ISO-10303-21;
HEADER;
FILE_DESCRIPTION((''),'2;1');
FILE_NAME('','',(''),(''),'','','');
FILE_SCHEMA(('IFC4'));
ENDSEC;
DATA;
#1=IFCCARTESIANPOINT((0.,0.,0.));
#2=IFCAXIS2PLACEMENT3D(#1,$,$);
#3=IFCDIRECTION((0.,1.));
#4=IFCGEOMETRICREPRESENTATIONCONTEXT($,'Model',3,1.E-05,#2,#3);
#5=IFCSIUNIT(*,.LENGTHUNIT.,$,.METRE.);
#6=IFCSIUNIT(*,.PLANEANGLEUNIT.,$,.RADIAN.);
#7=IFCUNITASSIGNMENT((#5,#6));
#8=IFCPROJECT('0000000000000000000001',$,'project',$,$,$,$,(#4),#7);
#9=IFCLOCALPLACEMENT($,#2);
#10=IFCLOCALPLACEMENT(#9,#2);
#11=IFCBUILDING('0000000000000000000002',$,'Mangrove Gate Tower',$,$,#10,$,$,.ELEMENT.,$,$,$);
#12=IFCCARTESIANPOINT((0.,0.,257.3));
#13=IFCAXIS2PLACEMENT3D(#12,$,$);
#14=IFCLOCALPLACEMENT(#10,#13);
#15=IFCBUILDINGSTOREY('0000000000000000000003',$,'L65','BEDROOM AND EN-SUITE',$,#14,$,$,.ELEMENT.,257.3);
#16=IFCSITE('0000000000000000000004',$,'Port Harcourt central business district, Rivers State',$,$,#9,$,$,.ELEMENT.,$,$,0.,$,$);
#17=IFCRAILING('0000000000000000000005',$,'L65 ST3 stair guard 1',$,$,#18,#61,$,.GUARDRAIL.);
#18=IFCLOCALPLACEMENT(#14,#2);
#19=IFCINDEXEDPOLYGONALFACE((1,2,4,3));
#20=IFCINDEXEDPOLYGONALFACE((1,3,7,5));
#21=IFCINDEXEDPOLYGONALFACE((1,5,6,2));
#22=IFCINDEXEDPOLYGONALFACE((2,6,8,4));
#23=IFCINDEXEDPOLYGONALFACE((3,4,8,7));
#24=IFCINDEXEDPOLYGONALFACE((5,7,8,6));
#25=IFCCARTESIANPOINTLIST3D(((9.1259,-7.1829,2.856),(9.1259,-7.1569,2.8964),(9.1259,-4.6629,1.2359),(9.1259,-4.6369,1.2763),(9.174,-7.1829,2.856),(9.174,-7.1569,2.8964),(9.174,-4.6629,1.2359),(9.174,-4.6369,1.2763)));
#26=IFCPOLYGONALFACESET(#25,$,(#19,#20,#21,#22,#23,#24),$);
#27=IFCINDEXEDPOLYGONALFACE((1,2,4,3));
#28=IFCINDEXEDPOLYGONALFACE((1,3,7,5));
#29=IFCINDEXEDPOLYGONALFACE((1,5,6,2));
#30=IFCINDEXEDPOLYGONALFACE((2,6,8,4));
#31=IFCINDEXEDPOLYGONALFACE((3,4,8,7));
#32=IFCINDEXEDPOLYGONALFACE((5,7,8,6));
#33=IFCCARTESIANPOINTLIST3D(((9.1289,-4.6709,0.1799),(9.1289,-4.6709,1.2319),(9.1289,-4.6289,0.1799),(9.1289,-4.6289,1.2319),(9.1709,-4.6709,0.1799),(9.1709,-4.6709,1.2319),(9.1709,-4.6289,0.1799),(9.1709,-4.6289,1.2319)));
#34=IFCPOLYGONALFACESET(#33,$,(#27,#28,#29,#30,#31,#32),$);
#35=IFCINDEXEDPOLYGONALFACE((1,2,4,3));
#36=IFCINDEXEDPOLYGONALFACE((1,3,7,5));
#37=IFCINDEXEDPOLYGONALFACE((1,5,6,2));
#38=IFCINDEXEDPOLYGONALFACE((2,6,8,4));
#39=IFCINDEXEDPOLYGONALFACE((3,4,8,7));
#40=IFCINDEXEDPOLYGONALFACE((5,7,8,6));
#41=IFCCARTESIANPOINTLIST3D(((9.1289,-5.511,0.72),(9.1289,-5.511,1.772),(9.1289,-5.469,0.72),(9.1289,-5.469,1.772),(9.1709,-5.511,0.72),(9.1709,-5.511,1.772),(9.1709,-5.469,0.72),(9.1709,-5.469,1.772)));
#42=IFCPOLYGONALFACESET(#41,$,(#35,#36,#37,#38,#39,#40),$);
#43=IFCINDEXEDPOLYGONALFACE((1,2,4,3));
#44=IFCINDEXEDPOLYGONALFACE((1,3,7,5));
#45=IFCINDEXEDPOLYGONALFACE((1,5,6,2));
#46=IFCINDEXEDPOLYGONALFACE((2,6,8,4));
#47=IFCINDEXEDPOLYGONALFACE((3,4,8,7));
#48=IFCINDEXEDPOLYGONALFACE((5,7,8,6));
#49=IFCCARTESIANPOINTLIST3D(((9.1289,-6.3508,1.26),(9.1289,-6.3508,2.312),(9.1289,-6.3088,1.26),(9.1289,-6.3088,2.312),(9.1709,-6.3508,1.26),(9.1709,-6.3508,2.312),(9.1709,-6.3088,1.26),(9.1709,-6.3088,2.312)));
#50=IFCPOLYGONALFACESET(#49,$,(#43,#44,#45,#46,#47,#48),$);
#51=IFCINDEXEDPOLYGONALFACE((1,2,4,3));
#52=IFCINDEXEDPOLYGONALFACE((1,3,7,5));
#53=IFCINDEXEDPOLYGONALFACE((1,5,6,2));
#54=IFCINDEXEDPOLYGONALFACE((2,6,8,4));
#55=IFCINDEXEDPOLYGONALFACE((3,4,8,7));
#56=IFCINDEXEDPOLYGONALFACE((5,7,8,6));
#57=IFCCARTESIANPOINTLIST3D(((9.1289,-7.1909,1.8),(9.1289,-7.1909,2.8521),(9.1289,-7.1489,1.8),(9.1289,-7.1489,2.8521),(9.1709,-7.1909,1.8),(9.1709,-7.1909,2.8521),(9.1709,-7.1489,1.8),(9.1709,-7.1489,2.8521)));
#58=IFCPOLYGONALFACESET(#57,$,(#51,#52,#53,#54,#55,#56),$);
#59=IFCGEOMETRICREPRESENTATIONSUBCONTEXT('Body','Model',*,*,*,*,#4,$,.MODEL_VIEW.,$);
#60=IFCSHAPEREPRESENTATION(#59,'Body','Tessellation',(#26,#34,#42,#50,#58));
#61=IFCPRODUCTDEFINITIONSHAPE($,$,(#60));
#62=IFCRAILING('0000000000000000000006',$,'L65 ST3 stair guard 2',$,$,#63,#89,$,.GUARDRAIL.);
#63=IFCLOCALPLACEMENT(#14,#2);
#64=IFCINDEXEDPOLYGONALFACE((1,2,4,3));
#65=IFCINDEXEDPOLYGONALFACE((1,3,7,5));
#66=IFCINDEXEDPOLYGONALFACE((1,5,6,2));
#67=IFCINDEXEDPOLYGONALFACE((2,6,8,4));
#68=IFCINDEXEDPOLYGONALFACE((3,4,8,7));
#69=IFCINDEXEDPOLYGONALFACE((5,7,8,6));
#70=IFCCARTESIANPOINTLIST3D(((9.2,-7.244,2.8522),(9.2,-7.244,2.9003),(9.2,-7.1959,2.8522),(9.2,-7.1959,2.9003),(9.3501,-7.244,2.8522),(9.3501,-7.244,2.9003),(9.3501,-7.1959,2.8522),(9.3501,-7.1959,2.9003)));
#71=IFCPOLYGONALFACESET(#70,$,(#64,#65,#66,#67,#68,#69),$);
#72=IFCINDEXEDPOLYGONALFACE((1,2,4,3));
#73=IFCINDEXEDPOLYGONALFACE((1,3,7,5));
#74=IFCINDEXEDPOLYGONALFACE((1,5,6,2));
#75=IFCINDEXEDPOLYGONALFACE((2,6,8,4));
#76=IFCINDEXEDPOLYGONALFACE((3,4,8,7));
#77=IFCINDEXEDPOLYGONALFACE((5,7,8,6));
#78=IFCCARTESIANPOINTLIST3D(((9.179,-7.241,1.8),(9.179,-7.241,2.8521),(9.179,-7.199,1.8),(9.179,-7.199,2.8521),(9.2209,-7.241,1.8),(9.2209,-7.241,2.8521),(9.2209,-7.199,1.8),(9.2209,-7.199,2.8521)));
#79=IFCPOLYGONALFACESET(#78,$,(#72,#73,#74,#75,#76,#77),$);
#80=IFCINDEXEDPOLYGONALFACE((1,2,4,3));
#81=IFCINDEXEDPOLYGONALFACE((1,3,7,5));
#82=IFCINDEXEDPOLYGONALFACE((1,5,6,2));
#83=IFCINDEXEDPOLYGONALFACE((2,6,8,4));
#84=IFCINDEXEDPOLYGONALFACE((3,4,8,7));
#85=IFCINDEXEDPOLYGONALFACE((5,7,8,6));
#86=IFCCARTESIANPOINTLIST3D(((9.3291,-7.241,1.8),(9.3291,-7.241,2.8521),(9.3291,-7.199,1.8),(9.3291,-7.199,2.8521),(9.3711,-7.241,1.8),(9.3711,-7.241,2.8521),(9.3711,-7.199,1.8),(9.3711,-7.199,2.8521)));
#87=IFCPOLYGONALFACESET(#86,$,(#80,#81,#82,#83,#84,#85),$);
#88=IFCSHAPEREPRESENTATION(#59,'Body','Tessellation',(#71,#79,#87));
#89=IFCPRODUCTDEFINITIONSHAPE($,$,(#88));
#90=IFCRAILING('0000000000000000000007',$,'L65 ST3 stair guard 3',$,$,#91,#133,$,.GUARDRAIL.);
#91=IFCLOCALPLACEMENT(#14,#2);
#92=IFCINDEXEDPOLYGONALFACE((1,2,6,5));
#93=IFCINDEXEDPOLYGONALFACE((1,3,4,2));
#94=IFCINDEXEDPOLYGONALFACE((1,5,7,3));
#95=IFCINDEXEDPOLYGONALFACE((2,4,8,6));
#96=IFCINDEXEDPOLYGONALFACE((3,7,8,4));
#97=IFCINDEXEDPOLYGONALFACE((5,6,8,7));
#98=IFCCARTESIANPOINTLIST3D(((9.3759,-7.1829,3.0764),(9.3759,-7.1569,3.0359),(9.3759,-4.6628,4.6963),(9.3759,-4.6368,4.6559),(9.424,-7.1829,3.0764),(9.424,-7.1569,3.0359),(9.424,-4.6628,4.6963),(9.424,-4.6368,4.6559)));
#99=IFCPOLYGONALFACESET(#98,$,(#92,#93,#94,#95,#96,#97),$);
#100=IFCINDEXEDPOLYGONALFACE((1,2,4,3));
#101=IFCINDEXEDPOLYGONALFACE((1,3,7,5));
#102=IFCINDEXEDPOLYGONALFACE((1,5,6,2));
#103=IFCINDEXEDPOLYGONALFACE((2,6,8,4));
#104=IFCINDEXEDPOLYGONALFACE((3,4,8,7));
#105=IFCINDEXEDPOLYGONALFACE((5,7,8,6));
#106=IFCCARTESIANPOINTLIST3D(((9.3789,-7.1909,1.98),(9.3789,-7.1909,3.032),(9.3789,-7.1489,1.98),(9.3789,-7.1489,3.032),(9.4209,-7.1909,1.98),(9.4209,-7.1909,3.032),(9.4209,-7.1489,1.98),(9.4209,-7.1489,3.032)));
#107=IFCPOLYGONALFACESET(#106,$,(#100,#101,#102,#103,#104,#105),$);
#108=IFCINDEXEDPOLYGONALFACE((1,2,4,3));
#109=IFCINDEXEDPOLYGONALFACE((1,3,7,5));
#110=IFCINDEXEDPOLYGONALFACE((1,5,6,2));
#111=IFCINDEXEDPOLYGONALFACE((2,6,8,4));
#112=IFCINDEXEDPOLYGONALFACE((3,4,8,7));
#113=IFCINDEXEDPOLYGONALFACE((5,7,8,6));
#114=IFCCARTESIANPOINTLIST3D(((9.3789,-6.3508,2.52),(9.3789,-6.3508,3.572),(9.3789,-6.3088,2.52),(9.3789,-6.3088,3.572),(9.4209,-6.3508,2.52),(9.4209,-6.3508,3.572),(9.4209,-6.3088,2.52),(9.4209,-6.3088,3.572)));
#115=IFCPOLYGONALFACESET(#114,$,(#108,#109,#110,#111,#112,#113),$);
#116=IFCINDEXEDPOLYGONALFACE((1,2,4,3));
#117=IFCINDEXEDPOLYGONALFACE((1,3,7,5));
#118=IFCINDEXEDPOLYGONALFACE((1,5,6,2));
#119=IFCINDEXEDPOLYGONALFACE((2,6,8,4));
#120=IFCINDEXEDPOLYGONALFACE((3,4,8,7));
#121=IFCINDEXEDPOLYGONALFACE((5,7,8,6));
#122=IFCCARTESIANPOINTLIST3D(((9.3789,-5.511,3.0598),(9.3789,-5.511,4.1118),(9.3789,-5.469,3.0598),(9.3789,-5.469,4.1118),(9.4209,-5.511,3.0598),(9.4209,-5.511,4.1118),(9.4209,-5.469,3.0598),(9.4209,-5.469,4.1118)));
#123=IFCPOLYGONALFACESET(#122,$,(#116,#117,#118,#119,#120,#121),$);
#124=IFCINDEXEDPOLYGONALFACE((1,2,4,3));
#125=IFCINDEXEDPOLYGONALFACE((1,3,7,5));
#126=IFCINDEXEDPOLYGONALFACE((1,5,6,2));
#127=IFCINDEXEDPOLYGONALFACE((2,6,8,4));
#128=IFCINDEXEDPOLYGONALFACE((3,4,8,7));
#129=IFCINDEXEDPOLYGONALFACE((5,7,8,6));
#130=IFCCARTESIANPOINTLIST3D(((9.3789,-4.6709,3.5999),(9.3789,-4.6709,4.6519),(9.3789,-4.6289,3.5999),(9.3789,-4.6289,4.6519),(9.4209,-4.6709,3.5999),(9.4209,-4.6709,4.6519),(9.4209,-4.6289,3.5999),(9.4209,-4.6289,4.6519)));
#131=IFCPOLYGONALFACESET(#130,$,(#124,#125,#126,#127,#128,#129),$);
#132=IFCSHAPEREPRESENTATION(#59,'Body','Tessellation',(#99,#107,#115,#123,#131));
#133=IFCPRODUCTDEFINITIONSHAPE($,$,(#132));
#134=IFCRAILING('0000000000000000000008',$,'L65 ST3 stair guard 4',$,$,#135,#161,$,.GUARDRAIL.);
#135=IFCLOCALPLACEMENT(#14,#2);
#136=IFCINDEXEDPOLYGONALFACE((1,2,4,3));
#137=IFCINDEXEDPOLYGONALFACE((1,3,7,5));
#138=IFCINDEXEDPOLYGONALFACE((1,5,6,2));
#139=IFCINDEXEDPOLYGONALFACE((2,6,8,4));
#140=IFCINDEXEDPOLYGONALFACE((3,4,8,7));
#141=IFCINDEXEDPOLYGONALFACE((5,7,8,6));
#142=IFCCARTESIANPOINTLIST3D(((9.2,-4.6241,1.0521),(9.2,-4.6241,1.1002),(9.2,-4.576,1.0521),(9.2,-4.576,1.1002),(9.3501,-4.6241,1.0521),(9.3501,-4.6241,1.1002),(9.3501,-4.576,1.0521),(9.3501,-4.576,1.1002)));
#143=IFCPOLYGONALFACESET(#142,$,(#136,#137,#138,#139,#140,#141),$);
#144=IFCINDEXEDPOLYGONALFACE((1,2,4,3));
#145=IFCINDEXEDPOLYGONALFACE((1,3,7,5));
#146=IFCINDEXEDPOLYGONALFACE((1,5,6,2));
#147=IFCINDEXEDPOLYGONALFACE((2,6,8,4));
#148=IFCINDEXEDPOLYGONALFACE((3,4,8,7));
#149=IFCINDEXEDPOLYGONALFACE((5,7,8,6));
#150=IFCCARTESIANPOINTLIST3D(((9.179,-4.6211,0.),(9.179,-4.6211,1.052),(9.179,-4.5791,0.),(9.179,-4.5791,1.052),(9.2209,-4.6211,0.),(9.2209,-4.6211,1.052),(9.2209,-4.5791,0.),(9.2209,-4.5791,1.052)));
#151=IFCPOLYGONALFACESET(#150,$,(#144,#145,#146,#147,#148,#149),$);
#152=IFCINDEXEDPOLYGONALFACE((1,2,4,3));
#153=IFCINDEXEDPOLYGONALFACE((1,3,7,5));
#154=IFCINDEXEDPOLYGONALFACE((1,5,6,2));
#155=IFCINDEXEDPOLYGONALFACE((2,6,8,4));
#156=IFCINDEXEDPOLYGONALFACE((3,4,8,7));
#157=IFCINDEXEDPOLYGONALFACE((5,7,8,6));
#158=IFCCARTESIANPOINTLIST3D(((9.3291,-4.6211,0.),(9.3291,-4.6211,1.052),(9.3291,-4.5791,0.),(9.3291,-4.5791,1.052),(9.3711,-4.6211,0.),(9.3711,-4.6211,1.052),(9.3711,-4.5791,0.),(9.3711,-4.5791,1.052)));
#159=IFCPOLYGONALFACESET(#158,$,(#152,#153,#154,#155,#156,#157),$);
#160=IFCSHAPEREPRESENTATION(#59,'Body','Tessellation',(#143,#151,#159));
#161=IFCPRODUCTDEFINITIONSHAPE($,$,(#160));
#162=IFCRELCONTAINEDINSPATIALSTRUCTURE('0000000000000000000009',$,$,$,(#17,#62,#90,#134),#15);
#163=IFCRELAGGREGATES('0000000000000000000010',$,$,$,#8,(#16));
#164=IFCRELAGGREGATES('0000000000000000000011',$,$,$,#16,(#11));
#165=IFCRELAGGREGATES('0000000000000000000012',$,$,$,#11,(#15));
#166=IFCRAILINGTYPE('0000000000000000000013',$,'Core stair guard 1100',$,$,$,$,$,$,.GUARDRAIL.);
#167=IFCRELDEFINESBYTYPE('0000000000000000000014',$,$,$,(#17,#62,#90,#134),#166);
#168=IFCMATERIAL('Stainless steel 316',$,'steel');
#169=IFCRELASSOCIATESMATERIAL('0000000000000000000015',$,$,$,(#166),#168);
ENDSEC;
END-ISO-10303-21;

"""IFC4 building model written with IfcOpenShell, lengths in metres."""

from ifc_helpers import new_model, si_unit, direction, frame, origin, origin_2d, place, context, subcontext, project, spatial, rectangle, extrude, material, type_object, element, save


model = new_model("IFC4")

# Units and contexts
model_context = context("Model", 3, precision=1e-05, world=origin(), true_north=direction((0.0, 1.0)))
body_context = subcontext(model_context, "Body", "Model", "MODEL_VIEW")
ifc_project = project(units=[si_unit("LENGTHUNIT", "METRE"), si_unit("PLANEANGLEUNIT", "RADIAN")], contexts=[model_context])

# Site, building, storey
site_placement = place(None, origin())
site = spatial("IfcSite", under=ifc_project, at=site_placement, Name="Port Harcourt central business district, Rivers State", CompositionType="ELEMENT", RefElevation=0.0)
building_placement = place(site_placement, origin())
building = spatial("IfcBuilding", under=site, at=building_placement, Name="Mangrove Gate Tower", CompositionType="ELEMENT")
storey_placement = place(building_placement, frame((0.0, 0.0, 257.3)))
storey = spatial("IfcBuildingStorey", under=building, at=storey_placement, Name="L65", Description="BEDROOM AND EN-SUITE", CompositionType="ELEMENT", Elevation=257.3)

# Railings
ifc_material_1 = material(Name="Stainless steel 316", Category="steel")
railing_type_1 = type_object("IfcRailingType", Name="Core stair guard 1100", PredefinedType="GUARDRAIL", material=ifc_material_1)
railing_1_placement = place(storey_placement, frame((9.1499, -4.6499, 0.1799)))
element("IfcRailing", 1, at=railing_1_placement, inside=storey, type_object=railing_type_1, Name="L65 ST3 stair guard 1", PredefinedType="GUARDRAIL", context=body_context, shape_type="SweptSolid", body=[
    extrude(rectangle(XDim=0.0481, YDim=0.0481, at=origin_2d()), frame((0.0, 0.0, 1.0762), z_axis=(0.0, -0.841163, 0.540782), x_axis=(1.0, 0.0, 0.0)), (0.0, 0.0, 1.0), 2.9958),
    extrude(rectangle(XDim=0.042, YDim=0.042, at=origin_2d()), origin(), (0.0, 0.0, 1.0), 1.052),
    extrude(rectangle(XDim=0.042, YDim=0.042, at=origin_2d()), frame((0.0, -0.8401, 0.54)), (0.0, 0.0, 1.0), 1.052),
    extrude(rectangle(XDim=0.042, YDim=0.042, at=origin_2d()), frame((0.0, -1.6799, 1.0801)), (0.0, 0.0, 1.0), 1.052),
    extrude(rectangle(XDim=0.042, YDim=0.042, at=origin_2d()), frame((0.0, -2.52, 1.6201)), (0.0, 0.0, 1.0), 1.052),
])
railing_2_placement = place(storey_placement, frame((9.2, -7.22, 1.8)))
element("IfcRailing", 2, at=railing_2_placement, inside=storey, type_object=railing_type_1, Name="L65 ST3 stair guard 2", PredefinedType="GUARDRAIL", context=body_context, shape_type="SweptSolid", body=[
    extrude(rectangle(XDim=0.0481, YDim=0.0481, at=origin_2d()), frame((0.0, 0.0, 1.0762), z_axis=(1.0, 0.0, 0.0), x_axis=(0.0, 1.0, 0.0)), (0.0, 0.0, 1.0), 0.1501),
    extrude(rectangle(XDim=0.042, YDim=0.042, at=origin_2d()), origin(), (0.0, 0.0, 1.0), 1.052),
    extrude(rectangle(XDim=0.042, YDim=0.042, at=origin_2d()), frame((0.1501, 0.0, 0.0)), (0.0, 0.0, 1.0), 1.052),
])
railing_3_placement = place(storey_placement, frame((9.3999, -7.1699, 1.98)))
element("IfcRailing", 3, at=railing_3_placement, inside=storey, type_object=railing_type_1, Name="L65 ST3 stair guard 3", PredefinedType="GUARDRAIL", context=body_context, shape_type="SweptSolid", body=[
    extrude(rectangle(XDim=0.0481, YDim=0.0481, at=origin_2d()), frame((0.0, 0.0, 1.0762), z_axis=(0.0, 0.8412, 0.540725), x_axis=(-1.0, 0.0, 0.0)), (0.0, 0.0, 1.0), 2.9958),
    extrude(rectangle(XDim=0.042, YDim=0.042, at=origin_2d()), origin(), (0.0, 0.0, 1.0), 1.052),
    extrude(rectangle(XDim=0.042, YDim=0.042, at=origin_2d()), frame((0.0, 0.8401, 0.54)), (0.0, 0.0, 1.0), 1.052),
    extrude(rectangle(XDim=0.042, YDim=0.042, at=origin_2d()), frame((0.0, 1.6799, 1.0798)), (0.0, 0.0, 1.0), 1.052),
    extrude(rectangle(XDim=0.042, YDim=0.042, at=origin_2d()), frame((0.0, 2.52, 1.6199)), (0.0, 0.0, 1.0), 1.052),
])
railing_4_placement = place(storey_placement, frame((9.2, -4.6001, 0.0)))
element("IfcRailing", 4, at=railing_4_placement, inside=storey, type_object=railing_type_1, Name="L65 ST3 stair guard 4", PredefinedType="GUARDRAIL", context=body_context, shape_type="SweptSolid", body=[
    extrude(rectangle(XDim=0.0481, YDim=0.0481, at=origin_2d()), frame((0.0, 0.0, 1.0762), z_axis=(1.0, 0.0, 0.0), x_axis=(0.0, 1.0, 0.0)), (0.0, 0.0, 1.0), 0.1501),
    extrude(rectangle(XDim=0.042, YDim=0.042, at=origin_2d()), origin(), (0.0, 0.0, 1.0), 1.052),
    extrude(rectangle(XDim=0.042, YDim=0.042, at=origin_2d()), frame((0.1501, 0.0, 0.0)), (0.0, 0.0, 1.0), 1.052),
])

save(model, "model.ifc")
